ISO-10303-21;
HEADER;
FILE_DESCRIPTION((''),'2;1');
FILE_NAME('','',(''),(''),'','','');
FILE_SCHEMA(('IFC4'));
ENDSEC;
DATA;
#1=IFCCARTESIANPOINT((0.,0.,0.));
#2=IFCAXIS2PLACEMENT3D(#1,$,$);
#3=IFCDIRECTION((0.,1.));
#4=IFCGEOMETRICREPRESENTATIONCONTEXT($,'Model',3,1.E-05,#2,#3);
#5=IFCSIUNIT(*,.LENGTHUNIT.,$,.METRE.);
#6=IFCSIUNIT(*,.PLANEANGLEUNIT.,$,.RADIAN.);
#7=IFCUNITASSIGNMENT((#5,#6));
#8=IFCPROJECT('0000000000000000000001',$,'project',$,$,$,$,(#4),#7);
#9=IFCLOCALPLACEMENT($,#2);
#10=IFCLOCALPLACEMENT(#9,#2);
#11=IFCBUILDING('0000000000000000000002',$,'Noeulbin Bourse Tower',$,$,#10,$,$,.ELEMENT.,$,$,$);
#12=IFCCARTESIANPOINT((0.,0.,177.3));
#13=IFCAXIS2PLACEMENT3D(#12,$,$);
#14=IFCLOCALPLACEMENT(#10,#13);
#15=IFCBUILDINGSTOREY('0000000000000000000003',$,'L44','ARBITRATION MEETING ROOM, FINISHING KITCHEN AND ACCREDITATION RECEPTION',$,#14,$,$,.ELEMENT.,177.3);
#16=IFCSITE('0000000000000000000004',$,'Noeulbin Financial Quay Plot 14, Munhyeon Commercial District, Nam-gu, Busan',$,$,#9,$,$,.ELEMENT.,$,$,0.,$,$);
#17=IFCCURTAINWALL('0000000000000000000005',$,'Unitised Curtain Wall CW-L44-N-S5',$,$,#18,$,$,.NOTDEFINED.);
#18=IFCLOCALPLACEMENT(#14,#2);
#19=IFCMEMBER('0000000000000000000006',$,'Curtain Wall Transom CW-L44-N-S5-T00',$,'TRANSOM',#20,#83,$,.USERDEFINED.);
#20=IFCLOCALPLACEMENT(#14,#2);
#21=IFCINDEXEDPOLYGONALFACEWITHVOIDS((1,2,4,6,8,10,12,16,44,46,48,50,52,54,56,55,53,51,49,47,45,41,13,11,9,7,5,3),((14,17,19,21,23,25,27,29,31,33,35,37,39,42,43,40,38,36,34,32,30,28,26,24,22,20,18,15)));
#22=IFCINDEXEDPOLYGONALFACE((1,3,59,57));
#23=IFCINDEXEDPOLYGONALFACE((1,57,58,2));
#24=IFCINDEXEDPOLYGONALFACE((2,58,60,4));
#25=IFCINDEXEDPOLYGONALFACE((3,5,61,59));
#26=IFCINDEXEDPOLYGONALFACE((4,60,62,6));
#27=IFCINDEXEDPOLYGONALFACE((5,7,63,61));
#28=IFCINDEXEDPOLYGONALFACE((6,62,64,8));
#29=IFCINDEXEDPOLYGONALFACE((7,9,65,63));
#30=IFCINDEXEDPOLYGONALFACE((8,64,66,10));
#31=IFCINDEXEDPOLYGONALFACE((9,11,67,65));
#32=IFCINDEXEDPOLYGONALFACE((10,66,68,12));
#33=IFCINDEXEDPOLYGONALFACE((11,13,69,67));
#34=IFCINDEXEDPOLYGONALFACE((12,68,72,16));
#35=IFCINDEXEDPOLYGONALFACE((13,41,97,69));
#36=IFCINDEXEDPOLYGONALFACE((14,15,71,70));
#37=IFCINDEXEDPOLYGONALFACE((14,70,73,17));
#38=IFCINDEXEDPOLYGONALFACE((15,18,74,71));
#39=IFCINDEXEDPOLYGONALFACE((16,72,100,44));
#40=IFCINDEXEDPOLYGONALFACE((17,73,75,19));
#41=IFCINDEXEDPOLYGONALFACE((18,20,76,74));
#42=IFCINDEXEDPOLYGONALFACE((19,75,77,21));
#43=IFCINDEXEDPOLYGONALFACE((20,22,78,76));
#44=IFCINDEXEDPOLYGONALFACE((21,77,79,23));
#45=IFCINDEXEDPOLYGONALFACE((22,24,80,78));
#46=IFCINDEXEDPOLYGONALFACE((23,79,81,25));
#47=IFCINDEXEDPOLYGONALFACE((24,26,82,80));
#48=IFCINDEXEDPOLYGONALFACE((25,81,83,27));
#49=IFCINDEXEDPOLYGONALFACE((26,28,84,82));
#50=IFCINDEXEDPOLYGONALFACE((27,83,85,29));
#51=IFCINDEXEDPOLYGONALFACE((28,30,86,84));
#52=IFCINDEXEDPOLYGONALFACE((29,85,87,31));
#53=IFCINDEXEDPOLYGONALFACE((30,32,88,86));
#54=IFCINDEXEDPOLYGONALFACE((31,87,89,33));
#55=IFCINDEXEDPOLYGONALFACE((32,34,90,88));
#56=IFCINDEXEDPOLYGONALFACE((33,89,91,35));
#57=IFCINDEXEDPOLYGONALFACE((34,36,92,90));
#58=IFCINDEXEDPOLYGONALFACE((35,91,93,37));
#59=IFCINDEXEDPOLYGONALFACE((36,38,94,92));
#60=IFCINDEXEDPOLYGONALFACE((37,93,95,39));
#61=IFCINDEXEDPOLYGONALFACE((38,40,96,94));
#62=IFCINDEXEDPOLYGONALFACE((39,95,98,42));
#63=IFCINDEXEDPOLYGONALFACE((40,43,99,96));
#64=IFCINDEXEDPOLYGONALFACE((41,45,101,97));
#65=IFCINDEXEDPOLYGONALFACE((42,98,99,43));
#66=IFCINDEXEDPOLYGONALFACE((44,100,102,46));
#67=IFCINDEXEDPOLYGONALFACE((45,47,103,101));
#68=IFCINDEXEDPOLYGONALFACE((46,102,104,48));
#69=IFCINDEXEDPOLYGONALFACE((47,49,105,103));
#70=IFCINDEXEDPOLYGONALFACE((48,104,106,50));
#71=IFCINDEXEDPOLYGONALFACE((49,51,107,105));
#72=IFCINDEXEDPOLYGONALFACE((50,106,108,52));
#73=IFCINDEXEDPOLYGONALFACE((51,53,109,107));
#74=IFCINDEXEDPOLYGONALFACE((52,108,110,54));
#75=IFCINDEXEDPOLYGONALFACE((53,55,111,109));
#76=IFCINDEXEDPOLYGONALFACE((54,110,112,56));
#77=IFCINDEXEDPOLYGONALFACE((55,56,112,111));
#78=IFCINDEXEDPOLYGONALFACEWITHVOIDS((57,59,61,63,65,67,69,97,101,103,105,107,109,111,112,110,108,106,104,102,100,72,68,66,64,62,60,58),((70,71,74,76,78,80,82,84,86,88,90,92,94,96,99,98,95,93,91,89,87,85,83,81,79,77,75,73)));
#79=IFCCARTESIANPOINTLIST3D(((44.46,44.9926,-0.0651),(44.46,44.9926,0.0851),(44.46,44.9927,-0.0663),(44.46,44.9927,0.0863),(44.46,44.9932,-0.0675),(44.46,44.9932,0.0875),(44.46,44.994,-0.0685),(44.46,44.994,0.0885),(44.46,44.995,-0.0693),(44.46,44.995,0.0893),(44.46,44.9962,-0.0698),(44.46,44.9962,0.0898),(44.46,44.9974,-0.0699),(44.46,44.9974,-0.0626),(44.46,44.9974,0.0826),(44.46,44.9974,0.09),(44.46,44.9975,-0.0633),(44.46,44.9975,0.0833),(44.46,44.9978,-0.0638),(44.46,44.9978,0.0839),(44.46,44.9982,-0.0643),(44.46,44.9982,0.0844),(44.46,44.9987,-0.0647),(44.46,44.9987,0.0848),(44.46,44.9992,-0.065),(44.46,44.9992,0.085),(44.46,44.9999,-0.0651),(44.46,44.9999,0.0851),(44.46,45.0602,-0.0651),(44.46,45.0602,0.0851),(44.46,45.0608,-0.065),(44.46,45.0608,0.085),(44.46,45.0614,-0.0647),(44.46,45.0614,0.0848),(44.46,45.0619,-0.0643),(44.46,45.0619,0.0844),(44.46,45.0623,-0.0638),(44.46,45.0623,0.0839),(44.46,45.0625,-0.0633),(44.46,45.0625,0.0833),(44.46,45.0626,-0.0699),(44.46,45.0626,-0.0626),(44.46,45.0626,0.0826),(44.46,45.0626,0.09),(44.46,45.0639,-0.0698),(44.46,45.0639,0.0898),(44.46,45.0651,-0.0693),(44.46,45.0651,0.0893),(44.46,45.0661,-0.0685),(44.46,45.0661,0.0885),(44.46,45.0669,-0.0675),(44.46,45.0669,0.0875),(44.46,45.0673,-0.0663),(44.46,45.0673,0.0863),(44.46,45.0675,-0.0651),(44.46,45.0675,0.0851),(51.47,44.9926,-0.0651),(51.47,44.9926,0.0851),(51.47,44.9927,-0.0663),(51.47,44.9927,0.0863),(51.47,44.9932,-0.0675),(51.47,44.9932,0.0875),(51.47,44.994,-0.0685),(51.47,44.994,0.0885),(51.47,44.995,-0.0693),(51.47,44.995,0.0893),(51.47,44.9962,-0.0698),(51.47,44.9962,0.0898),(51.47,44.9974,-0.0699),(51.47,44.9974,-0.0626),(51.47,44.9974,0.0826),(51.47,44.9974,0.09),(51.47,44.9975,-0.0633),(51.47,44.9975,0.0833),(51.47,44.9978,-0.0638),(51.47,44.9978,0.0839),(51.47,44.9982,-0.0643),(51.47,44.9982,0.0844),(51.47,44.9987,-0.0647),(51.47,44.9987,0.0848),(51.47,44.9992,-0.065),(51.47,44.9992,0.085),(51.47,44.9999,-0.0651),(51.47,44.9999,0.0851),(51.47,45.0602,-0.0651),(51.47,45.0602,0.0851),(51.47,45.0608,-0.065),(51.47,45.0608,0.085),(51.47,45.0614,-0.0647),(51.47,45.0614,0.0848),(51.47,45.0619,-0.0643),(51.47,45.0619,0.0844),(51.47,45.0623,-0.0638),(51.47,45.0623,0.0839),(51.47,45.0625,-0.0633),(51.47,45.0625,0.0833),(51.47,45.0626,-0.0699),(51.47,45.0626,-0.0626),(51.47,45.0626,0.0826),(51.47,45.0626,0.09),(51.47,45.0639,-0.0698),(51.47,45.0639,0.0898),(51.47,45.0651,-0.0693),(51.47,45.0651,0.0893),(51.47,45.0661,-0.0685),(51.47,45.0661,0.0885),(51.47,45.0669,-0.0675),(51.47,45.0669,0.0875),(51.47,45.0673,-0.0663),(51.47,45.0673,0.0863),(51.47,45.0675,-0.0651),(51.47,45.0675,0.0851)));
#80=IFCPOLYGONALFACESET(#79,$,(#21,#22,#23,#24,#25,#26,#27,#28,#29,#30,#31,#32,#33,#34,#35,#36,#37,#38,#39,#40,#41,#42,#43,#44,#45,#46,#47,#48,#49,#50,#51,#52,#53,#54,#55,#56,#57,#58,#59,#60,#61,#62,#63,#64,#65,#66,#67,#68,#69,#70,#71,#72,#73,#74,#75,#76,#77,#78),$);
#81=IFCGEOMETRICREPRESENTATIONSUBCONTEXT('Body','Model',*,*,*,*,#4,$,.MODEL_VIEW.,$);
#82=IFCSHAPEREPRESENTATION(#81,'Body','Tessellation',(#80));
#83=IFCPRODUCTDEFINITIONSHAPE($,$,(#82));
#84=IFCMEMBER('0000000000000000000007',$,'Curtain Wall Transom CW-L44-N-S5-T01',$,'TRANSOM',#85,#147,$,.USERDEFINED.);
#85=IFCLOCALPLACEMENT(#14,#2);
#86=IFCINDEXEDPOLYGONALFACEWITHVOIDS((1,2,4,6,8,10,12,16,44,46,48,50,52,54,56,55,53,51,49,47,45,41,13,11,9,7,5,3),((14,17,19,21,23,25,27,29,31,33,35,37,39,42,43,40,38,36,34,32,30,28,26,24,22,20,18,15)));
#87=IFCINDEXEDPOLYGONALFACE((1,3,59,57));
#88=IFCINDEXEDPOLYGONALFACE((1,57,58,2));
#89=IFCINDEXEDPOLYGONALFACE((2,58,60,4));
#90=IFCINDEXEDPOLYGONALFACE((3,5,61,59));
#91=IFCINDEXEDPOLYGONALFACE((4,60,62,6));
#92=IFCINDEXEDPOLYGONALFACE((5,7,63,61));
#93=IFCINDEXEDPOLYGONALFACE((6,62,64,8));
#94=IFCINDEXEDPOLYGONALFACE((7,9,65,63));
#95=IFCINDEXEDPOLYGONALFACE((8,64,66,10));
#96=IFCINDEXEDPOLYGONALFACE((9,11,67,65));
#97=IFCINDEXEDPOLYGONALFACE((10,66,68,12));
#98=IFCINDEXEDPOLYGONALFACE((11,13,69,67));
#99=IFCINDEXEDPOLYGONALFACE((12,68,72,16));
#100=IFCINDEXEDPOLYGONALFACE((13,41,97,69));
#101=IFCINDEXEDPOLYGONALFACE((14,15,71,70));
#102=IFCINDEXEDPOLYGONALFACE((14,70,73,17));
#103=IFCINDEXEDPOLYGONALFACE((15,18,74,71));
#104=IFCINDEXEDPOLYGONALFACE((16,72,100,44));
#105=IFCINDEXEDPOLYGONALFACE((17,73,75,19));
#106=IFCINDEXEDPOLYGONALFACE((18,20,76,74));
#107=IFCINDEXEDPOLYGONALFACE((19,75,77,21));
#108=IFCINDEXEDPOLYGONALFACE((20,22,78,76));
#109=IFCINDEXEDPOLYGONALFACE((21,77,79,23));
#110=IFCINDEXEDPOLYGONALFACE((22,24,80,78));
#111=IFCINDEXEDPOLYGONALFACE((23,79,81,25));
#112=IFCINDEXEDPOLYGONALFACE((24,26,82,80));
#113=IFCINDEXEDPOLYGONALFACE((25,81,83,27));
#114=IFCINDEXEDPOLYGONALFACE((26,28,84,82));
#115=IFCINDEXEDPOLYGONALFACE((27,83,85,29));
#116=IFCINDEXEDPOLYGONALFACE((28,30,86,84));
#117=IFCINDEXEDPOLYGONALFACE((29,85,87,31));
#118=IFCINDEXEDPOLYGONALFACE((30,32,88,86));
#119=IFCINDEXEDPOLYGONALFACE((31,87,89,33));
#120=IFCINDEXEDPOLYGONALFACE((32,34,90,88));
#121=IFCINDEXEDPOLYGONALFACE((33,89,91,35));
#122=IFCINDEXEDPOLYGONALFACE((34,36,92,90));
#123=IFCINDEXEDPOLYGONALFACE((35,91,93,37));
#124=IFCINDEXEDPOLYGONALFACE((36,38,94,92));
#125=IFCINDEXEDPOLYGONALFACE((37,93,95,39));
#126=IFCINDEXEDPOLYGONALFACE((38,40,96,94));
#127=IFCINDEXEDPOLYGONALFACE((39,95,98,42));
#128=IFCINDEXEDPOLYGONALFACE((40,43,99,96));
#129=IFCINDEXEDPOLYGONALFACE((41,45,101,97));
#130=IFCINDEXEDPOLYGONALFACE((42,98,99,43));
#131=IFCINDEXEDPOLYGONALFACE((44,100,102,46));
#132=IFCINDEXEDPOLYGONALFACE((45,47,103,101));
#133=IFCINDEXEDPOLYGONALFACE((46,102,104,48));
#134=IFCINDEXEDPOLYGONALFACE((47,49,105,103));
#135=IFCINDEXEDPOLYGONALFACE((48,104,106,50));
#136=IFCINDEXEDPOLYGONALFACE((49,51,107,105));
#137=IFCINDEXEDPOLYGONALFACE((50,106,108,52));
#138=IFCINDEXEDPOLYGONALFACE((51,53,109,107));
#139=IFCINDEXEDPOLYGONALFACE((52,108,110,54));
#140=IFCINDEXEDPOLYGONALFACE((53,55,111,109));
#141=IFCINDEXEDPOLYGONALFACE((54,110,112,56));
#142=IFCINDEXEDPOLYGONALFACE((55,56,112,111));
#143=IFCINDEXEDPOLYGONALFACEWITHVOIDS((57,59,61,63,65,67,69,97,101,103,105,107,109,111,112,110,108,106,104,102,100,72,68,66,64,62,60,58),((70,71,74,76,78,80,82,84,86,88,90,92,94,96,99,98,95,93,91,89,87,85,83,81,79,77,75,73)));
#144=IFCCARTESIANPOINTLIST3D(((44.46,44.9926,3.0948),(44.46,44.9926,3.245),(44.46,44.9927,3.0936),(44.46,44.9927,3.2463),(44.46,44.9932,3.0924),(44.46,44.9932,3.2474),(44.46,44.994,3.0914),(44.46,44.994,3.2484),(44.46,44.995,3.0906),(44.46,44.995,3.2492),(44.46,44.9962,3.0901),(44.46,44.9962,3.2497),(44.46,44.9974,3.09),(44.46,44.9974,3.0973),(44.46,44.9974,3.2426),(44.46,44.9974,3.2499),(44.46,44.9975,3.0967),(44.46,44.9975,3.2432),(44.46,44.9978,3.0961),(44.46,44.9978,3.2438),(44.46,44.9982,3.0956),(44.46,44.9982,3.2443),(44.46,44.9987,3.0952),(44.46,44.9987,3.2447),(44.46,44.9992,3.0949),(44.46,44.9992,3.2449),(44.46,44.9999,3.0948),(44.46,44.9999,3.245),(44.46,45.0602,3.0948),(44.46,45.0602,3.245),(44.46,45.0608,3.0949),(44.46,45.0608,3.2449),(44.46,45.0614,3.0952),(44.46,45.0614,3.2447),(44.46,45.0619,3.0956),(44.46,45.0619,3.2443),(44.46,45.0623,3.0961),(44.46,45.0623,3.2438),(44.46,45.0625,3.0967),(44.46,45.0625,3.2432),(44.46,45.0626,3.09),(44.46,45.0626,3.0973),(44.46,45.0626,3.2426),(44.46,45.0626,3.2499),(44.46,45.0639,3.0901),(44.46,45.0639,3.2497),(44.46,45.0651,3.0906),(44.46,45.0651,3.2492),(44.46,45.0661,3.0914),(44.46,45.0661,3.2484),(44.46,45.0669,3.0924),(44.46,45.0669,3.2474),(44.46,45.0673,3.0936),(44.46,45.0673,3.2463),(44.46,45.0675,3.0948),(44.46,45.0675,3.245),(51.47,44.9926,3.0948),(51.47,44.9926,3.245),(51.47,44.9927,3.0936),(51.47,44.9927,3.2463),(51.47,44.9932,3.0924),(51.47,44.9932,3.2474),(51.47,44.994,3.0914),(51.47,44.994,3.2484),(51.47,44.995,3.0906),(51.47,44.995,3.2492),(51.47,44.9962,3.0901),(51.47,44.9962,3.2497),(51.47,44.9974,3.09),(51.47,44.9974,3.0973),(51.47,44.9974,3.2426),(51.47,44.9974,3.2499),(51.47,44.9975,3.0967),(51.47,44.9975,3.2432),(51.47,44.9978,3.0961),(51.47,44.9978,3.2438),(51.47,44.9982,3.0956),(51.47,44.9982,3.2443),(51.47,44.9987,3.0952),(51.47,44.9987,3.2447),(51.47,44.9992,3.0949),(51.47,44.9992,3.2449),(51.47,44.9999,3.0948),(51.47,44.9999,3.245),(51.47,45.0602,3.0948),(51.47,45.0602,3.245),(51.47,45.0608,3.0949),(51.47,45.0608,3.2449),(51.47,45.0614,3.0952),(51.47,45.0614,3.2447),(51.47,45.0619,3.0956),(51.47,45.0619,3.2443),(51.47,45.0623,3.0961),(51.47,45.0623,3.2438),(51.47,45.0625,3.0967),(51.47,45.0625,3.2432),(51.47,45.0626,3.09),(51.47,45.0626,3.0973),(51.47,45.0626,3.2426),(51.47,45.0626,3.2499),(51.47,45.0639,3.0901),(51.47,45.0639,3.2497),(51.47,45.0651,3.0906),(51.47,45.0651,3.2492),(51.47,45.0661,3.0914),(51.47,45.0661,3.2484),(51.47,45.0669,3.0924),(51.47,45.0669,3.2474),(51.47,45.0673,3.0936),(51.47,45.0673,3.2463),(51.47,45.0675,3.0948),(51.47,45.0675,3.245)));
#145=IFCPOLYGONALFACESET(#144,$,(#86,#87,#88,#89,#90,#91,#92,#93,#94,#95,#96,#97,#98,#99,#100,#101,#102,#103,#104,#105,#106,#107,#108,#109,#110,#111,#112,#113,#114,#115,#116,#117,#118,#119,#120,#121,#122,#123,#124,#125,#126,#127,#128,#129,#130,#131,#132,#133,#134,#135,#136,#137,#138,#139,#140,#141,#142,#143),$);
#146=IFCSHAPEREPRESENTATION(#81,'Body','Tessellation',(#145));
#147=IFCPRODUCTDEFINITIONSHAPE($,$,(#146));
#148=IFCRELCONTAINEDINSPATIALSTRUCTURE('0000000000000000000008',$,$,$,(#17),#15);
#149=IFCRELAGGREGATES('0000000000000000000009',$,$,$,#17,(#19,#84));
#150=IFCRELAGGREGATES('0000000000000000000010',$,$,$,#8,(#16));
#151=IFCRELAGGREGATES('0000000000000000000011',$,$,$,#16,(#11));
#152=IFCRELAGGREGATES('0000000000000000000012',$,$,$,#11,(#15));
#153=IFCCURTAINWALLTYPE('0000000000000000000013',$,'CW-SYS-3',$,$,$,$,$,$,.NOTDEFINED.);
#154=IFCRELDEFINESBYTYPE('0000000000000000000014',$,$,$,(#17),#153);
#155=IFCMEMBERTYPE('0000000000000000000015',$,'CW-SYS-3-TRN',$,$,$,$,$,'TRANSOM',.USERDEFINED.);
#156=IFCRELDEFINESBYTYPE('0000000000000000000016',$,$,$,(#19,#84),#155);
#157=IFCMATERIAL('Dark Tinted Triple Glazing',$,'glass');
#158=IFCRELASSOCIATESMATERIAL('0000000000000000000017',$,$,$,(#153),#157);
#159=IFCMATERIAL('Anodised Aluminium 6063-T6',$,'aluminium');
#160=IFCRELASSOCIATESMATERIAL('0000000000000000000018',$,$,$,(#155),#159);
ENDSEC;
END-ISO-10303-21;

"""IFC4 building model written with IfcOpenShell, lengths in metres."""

from ifc_helpers import new_model, si_unit, direction, frame, origin, origin_2d, place, context, subcontext, project, spatial, hollow_rectangle, extrude, material, material_profile, profile_set, type_object, element, aggregate, save


model = new_model("IFC4")

# Units and contexts
model_context = context("Model", 3, precision=1e-05, world=origin(), true_north=direction((0.0, 1.0)))
body_context = subcontext(model_context, "Body", "Model", "MODEL_VIEW")
ifc_project = project(units=[si_unit("LENGTHUNIT", "METRE"), si_unit("PLANEANGLEUNIT", "RADIAN")], contexts=[model_context])

# Site, building, storey
site_placement = place(None, origin())
site = spatial("IfcSite", under=ifc_project, at=site_placement, Name="Noeulbin Financial Quay Plot 14, Munhyeon Commercial District, Nam-gu, Busan", CompositionType="ELEMENT", RefElevation=0.0)
building_placement = place(site_placement, origin())
building = spatial("IfcBuilding", under=site, at=building_placement, Name="Noeulbin Bourse Tower", CompositionType="ELEMENT")
storey_placement = place(building_placement, frame((0.0, 0.0, 177.3)))
storey = spatial("IfcBuildingStorey", under=building, at=storey_placement, Name="L44", Description="ARBITRATION MEETING ROOM, FINISHING KITCHEN AND ACCREDITATION RECEPTION", CompositionType="ELEMENT", Elevation=177.3)

# Shared definitions
ifc_material_1 = material(Name="Dark Tinted Triple Glazing", Category="glass")
curtain_wall_type = type_object("IfcCurtainWallType", Name="CW-SYS-3", PredefinedType="NOTDEFINED", material=ifc_material_1)
ifc_material_2 = material(Name="Anodised Aluminium 6063-T6", Category="aluminium")

# Curtain wall
curtain_wall_1_placement = place(storey_placement, origin())
curtain_wall_1 = element("IfcCurtainWall", 1, at=curtain_wall_1_placement, inside=storey, type_object=curtain_wall_type, Name="Unitised Curtain Wall CW-L44-N-S5", PredefinedType="NOTDEFINED")

# Members
ifc_material_profile_1 = material_profile(ifc_material_2, hollow_rectangle(XDim=0.075, YDim=0.1599, WallThickness=0.0049, InnerFilletRadius=0.0024, OuterFilletRadius=0.0049, at=origin_2d()), Name="ALU-TRAN-75x160x5", Category="LoadBearing")
ifc_profile_set_1 = profile_set([ifc_material_profile_1], Name="Anodised Aluminium 6063-T6")
member_type_1 = type_object("IfcMemberType", Name="CW-SYS-3-TRN", ElementType="TRANSOM", PredefinedType="USERDEFINED", material=ifc_profile_set_1)
member_1_placement = place(storey_placement, frame((44.46, 45.03, 0.01), z_axis=(1.0, 0.0, 0.0), x_axis=(0.0, 1.0, 0.0)))
member_1 = element("IfcMember", 2, at=member_1_placement, type_object=member_type_1, Name="Curtain Wall Transom CW-L44-N-S5-T00", ObjectType="TRANSOM", PredefinedType="USERDEFINED", context=body_context, shape_type="SweptSolid", body=[
    extrude(hollow_rectangle(XDim=0.075, YDim=0.1599, WallThickness=0.0049, InnerFilletRadius=0.0024, OuterFilletRadius=0.0049, at=origin_2d()), origin(), (0.0, 0.0, 1.0), 7.01),
])
member_2_placement = place(storey_placement, frame((44.46, 45.03, 3.1699), z_axis=(1.0, 0.0, 0.0), x_axis=(0.0, 1.0, 0.0)))
member_2 = element("IfcMember", 3, at=member_2_placement, type_object=member_type_1, Name="Curtain Wall Transom CW-L44-N-S5-T01", ObjectType="TRANSOM", PredefinedType="USERDEFINED", context=body_context, shape_type="SweptSolid", body=[
    extrude(hollow_rectangle(XDim=0.075, YDim=0.1599, WallThickness=0.0049, InnerFilletRadius=0.0024, OuterFilletRadius=0.0049, at=origin_2d()), origin(), (0.0, 0.0, 1.0), 7.01),
])

aggregate(curtain_wall_1, [member_1, member_2])

save(model, "model.ifc")
